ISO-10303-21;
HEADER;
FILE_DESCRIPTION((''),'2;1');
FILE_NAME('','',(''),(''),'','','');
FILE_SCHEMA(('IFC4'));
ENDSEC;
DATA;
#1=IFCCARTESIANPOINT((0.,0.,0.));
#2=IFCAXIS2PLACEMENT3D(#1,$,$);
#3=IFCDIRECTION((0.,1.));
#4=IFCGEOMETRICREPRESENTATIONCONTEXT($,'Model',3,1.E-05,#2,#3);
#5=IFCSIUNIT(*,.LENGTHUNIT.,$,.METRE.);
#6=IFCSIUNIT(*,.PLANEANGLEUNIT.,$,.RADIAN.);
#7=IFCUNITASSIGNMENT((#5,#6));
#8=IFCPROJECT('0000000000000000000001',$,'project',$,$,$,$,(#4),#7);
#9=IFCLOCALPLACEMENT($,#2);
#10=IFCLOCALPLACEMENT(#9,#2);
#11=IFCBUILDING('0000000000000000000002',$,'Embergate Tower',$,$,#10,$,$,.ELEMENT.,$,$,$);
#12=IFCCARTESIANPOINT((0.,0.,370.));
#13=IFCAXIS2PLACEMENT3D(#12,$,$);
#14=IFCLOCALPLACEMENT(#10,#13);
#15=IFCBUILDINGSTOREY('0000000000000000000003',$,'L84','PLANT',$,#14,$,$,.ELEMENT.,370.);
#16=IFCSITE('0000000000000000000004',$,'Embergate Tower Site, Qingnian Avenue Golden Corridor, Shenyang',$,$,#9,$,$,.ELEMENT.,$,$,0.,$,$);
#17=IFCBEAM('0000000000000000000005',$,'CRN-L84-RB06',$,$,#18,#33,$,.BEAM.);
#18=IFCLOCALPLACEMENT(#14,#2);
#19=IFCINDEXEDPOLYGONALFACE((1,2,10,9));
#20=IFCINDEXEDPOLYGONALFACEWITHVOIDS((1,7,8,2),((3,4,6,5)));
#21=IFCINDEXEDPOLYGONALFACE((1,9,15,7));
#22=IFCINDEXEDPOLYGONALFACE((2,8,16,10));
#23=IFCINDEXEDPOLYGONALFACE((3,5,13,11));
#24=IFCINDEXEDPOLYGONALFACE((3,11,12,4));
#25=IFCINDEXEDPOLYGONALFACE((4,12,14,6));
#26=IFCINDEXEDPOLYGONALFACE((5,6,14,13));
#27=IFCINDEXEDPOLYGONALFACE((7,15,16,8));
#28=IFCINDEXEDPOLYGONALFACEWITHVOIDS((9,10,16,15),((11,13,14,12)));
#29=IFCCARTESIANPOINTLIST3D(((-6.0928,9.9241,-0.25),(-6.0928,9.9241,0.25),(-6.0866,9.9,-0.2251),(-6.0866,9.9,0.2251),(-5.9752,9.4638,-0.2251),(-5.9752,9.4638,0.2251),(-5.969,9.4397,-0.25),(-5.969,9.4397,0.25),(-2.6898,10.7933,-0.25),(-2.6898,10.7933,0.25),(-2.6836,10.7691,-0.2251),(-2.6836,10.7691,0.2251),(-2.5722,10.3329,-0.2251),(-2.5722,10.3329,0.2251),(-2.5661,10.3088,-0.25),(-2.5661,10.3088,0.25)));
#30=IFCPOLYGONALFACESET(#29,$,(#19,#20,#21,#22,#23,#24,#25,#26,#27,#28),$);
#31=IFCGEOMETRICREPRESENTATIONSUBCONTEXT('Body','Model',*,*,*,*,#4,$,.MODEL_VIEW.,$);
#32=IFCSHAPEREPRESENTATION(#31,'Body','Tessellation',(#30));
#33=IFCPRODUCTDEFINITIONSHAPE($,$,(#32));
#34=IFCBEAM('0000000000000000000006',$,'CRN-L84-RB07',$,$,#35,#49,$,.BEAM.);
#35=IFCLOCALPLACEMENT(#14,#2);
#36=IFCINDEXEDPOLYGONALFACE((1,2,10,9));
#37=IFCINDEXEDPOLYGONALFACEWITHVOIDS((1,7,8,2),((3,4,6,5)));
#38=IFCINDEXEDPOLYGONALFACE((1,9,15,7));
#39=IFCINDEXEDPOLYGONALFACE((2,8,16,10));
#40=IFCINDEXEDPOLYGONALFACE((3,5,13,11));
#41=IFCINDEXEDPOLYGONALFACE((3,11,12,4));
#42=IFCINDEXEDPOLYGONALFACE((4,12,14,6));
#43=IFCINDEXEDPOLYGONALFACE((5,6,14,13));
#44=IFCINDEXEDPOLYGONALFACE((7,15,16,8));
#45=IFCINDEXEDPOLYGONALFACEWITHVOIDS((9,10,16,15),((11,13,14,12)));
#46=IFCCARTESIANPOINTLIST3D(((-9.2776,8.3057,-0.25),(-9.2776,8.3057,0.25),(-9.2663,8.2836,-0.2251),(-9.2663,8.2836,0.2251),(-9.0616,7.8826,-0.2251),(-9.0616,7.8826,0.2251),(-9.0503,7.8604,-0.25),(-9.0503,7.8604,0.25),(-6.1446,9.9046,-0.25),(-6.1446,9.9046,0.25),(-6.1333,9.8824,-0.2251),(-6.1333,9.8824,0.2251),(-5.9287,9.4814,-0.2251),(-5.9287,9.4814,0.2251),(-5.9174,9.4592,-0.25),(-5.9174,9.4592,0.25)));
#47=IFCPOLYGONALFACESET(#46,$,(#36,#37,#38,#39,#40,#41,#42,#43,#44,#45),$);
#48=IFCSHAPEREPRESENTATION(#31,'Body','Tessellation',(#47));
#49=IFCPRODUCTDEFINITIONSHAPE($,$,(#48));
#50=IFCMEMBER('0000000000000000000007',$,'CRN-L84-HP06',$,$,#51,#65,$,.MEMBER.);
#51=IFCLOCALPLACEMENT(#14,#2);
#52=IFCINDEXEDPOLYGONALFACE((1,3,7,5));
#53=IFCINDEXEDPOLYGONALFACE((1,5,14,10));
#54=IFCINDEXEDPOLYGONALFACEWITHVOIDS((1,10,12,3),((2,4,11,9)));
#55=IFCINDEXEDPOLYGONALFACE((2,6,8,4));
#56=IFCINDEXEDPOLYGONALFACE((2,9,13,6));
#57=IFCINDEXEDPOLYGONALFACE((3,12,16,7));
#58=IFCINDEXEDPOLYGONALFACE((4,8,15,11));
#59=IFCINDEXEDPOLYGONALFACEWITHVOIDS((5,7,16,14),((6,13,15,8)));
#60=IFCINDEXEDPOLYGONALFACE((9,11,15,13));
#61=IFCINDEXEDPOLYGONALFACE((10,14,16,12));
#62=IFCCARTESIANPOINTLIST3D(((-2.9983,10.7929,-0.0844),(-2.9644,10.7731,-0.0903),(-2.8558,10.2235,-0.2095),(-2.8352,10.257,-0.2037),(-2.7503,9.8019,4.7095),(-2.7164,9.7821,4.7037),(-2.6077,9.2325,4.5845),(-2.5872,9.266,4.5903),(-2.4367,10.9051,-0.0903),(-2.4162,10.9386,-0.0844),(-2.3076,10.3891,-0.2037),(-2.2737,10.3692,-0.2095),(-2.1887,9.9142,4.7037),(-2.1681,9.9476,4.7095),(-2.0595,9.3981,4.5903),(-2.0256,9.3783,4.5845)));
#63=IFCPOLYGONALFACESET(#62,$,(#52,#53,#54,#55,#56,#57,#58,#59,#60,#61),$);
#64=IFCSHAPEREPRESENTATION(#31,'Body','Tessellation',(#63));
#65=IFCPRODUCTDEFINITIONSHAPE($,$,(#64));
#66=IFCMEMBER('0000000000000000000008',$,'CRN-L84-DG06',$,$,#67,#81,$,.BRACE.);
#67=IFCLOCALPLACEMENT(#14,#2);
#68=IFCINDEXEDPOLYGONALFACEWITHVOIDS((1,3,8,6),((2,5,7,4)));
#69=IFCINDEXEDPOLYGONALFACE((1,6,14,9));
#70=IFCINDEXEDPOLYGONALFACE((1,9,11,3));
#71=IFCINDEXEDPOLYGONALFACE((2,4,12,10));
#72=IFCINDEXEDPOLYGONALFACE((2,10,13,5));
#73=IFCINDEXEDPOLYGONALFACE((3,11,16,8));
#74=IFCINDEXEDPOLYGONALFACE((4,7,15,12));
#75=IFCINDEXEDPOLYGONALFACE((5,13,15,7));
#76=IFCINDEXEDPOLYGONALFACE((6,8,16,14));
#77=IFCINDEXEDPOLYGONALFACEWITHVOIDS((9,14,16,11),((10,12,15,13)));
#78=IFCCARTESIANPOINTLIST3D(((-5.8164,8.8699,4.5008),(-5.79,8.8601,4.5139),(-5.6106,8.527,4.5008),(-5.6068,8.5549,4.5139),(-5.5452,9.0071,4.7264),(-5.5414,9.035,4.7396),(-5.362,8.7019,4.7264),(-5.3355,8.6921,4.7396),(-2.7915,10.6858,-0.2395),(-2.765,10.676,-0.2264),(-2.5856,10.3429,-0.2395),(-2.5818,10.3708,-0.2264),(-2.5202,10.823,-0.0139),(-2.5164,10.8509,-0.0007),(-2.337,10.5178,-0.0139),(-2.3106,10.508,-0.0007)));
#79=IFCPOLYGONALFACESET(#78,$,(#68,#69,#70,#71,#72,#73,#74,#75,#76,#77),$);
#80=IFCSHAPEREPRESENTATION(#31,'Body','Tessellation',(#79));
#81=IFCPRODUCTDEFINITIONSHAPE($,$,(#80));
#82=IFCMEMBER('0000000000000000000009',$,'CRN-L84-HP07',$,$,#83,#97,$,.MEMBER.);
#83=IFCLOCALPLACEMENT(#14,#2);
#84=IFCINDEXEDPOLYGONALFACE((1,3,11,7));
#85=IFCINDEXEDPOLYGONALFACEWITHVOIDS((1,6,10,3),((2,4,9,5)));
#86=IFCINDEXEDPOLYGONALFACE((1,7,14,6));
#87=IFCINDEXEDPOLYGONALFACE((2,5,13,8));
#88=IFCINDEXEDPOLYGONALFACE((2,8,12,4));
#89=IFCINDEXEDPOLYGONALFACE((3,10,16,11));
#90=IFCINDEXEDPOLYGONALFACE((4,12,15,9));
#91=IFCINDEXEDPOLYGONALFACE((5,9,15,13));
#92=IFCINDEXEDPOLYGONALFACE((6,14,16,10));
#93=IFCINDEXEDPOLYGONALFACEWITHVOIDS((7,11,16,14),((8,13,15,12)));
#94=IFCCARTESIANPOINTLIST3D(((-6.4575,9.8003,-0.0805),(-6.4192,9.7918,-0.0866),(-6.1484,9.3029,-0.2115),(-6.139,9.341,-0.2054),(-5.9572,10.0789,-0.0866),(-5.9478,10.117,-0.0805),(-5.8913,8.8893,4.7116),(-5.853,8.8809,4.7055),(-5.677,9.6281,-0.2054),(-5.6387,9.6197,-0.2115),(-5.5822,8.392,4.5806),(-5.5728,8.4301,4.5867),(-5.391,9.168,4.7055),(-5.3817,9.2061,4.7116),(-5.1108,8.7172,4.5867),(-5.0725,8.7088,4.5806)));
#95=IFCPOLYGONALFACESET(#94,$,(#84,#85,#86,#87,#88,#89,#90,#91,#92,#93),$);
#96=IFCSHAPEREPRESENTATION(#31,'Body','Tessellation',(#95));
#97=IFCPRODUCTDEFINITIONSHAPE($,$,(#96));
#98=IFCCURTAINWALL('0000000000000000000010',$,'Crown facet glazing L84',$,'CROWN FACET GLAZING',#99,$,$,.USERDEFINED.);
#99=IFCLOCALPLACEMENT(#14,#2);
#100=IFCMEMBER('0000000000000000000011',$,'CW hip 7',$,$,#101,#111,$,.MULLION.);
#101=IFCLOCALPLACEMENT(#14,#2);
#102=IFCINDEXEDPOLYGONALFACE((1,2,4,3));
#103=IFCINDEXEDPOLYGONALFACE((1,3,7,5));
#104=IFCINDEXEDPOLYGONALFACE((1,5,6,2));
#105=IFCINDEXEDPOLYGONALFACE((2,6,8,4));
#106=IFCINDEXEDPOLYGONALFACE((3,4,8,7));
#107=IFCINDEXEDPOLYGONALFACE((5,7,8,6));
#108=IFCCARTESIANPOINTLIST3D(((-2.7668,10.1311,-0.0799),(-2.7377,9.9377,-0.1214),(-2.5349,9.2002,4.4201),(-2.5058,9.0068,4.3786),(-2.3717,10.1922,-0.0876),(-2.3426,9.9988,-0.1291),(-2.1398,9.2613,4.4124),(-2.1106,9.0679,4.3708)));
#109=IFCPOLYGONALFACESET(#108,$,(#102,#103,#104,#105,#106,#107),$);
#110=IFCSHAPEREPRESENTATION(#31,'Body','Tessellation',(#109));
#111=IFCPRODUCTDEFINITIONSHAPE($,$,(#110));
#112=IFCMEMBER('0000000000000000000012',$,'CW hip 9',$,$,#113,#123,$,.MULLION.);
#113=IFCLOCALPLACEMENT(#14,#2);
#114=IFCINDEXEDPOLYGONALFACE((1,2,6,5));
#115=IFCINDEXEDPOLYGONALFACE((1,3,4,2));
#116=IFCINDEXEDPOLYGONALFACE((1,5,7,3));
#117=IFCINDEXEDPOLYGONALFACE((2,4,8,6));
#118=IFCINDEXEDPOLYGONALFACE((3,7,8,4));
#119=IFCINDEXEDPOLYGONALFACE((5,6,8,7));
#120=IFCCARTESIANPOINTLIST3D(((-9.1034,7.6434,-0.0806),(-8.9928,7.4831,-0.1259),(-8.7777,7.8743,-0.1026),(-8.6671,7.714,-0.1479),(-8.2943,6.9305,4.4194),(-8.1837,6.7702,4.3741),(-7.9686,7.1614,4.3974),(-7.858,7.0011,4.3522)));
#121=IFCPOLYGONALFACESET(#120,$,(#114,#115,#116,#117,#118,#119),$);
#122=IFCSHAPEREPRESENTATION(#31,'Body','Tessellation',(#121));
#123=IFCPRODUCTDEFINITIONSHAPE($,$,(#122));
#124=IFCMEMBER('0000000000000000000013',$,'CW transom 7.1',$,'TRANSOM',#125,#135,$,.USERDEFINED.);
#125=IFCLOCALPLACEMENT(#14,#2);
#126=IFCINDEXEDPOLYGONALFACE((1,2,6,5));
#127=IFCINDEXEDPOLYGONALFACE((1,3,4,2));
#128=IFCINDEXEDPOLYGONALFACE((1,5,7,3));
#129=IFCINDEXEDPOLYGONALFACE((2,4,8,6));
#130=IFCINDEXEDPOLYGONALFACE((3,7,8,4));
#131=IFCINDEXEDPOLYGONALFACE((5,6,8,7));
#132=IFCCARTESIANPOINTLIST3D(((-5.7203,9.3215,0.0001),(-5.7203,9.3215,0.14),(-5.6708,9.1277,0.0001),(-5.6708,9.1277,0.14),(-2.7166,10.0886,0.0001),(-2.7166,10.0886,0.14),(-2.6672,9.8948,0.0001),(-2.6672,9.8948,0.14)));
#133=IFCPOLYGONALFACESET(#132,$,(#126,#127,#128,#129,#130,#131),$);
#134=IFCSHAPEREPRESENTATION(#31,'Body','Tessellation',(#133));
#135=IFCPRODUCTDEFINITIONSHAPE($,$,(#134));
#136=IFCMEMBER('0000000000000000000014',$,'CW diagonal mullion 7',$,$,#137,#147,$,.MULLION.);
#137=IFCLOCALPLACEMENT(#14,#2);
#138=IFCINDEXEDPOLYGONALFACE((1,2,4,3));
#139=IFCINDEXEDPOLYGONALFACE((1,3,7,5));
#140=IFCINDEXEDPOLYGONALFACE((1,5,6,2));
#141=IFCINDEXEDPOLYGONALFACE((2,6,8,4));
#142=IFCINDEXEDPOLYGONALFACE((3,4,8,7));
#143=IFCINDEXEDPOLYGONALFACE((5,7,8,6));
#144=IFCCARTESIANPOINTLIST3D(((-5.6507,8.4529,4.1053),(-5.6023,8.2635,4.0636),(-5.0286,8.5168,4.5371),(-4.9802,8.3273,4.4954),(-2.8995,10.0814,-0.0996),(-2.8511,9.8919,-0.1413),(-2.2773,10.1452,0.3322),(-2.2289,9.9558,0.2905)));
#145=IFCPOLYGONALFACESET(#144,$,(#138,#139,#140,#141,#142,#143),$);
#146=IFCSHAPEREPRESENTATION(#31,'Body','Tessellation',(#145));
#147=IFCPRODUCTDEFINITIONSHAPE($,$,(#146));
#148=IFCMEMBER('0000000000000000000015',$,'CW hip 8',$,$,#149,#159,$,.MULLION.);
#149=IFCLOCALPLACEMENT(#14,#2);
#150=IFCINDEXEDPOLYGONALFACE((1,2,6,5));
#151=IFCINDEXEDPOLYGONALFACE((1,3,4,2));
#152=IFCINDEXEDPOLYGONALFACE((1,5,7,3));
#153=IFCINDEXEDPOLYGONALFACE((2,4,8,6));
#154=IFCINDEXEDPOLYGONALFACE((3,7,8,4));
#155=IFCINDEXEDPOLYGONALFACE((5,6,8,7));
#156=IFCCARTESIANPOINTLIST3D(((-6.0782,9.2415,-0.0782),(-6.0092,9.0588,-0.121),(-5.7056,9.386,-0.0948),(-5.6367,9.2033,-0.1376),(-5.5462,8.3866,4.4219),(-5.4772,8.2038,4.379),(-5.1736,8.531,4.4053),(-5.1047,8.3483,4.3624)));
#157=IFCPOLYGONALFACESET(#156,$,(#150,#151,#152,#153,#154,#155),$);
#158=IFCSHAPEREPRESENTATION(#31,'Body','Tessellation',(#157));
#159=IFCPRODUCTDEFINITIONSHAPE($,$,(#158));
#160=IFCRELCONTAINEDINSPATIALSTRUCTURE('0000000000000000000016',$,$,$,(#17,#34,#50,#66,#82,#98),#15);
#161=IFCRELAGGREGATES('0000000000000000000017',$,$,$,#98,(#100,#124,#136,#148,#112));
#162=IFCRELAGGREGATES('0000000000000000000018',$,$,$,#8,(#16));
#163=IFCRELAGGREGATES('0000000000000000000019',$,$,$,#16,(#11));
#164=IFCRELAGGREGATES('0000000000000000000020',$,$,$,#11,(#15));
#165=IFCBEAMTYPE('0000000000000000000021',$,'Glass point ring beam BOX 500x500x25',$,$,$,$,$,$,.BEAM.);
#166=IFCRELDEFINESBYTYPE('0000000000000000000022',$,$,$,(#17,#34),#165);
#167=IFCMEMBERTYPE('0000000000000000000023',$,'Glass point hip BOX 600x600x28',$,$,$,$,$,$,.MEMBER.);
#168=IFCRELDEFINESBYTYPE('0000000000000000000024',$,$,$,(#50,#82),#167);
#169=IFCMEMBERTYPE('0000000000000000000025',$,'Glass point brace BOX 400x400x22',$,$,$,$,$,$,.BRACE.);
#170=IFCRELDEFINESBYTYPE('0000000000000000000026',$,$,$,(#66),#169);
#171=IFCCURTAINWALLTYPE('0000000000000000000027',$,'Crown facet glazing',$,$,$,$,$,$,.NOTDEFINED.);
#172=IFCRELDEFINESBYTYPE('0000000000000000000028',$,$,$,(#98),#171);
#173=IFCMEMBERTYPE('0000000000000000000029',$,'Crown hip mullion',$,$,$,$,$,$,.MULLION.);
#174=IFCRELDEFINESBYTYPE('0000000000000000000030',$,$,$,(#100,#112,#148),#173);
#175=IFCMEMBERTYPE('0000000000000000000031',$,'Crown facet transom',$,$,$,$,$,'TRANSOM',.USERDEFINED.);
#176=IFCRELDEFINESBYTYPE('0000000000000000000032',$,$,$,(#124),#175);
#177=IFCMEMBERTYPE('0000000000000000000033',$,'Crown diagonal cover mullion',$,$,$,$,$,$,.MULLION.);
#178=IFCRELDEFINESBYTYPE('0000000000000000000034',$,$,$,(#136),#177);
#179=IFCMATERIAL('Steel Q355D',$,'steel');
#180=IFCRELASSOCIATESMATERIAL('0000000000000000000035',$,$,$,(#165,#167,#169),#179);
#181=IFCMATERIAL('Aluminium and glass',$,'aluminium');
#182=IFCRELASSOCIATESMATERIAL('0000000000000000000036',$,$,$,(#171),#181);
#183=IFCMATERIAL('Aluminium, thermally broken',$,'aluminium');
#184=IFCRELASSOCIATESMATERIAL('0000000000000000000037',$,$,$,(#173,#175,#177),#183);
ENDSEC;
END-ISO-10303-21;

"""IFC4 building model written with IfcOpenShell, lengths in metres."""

from ifc_helpers import new_model, si_unit, direction, frame, origin, origin_2d, place, context, subcontext, project, spatial, rectangle, hollow_rectangle, extrude, source, transform, mapped, material, material_profile, profile_set, type_object, element, aggregate, save


model = new_model("IFC4")

# Units and contexts
model_context = context("Model", 3, precision=1e-05, world=origin(), true_north=direction((0.0, 1.0)))
body_context = subcontext(model_context, "Body", "Model", "MODEL_VIEW")
ifc_project = project(units=[si_unit("LENGTHUNIT", "METRE"), si_unit("PLANEANGLEUNIT", "RADIAN")], contexts=[model_context])

# Site, building, storey
site_placement = place(None, origin())
site = spatial("IfcSite", under=ifc_project, at=site_placement, Name="Embergate Tower Site, Qingnian Avenue Golden Corridor, Shenyang", CompositionType="ELEMENT", RefElevation=0.0)
building_placement = place(site_placement, origin())
building = spatial("IfcBuilding", under=site, at=building_placement, Name="Embergate Tower", CompositionType="ELEMENT")
storey_placement = place(building_placement, frame((0.0, 0.0, 370.0)))
storey = spatial("IfcBuildingStorey", under=building, at=storey_placement, Name="L84", Description="PLANT", CompositionType="ELEMENT", Elevation=370.0)

# Beams
ifc_material_1 = material(Name="Steel Q355D", Category="steel")
ifc_material_profile_1 = material_profile(ifc_material_1, hollow_rectangle(XDim=0.5, YDim=0.5, WallThickness=0.0249, at=origin_2d()), Name="BOX 500x500x25")
ifc_profile_set_1 = profile_set([ifc_material_profile_1], Name="Steel Q355 grade D")
beam_type = type_object("IfcBeamType", Name="Glass point ring beam BOX 500x500x25", PredefinedType="BEAM", material=ifc_profile_set_1)
shared_shape_1 = source(origin(), body_context, "Body", "SweptSolid", [
    extrude(hollow_rectangle(XDim=0.5, YDim=0.5, WallThickness=0.0249, at=origin_2d()), origin(), (0.0, 0.0, 1.0), 3.5122),
])
beam_1_placement = place(storey_placement, frame((-2.6279, 10.551, 0.0), z_axis=(-0.968899, -0.247455, 0.0), x_axis=(0.247455, -0.968899, 0.0)))
element("IfcBeam", 1, at=beam_1_placement, inside=storey, type_object=beam_type, Name="CRN-L84-RB06", PredefinedType="BEAM", context=body_context, shape_type="MappedRepresentation", body=[
    mapped(shared_shape_1, transform((0.0, 0.0, 0.0))),
])
shared_shape_2 = source(origin(), body_context, "Body", "SweptSolid", [
    extrude(hollow_rectangle(XDim=0.5, YDim=0.5, WallThickness=0.0249, at=origin_2d()), origin(), (0.0, 0.0, 1.0), 3.5173),
])
beam_2_placement = place(storey_placement, frame((-6.031, 9.6819, 0.0), z_axis=(-0.890718, -0.454556, 0.0), x_axis=(0.454556, -0.890718, 0.0)))
element("IfcBeam", 2, at=beam_2_placement, inside=storey, type_object=beam_type, Name="CRN-L84-RB07", PredefinedType="BEAM", context=body_context, shape_type="MappedRepresentation", body=[
    mapped(shared_shape_2, transform((0.0, 0.0, 0.0))),
])

# Members
ifc_material_profile_2 = material_profile(ifc_material_1, hollow_rectangle(XDim=0.6001, YDim=0.6001, WallThickness=0.0281, at=origin_2d()), Name="BOX 600x600x28")
ifc_profile_set_2 = profile_set([ifc_material_profile_2], Name="Steel Q355 grade D")
member_type_1 = type_object("IfcMemberType", Name="Glass point hip BOX 600x600x28", PredefinedType="MEMBER", material=ifc_profile_set_2)
shared_shape_3 = source(origin(), body_context, "Body", "SweptSolid", [
    extrude(hollow_rectangle(XDim=0.6001, YDim=0.6001, WallThickness=0.0281, at=origin_2d()), origin(), (0.0, 0.0, 1.0), 4.9016),
])
member_1_placement = place(storey_placement, frame((-2.636, 10.5811, -0.147), z_axis=(0.050606, -0.202173, 0.978041), x_axis=(0.970072, 0.242817, 0.0)))
element("IfcMember", 3, at=member_1_placement, inside=storey, type_object=member_type_1, Name="CRN-L84-HP06", PredefinedType="MEMBER", context=body_context, shape_type="MappedRepresentation", body=[
    mapped(shared_shape_3, transform((0.0, 0.0, 0.0))),
])
ifc_material_profile_3 = material_profile(ifc_material_1, hollow_rectangle(XDim=0.3999, YDim=0.3999, WallThickness=0.022, at=origin_2d()), Name="BOX 400x400x22")
ifc_profile_set_3 = profile_set([ifc_material_profile_3], Name="Steel Q355 grade D")
member_type_2 = type_object("IfcMemberType", Name="Glass point brace BOX 400x400x22", PredefinedType="BRACE", material=ifc_profile_set_3)
shared_shape_4 = source(origin(), body_context, "Body", "SweptSolid", [
    extrude(hollow_rectangle(XDim=0.3999, YDim=0.3999, WallThickness=0.022, at=origin_2d()), origin(), (0.0, 0.0, 1.0), 5.9092),
])
member_2_placement = place(storey_placement, frame((-2.551, 10.5969, -0.1201), z_axis=(-0.511906, -0.307309, 0.802193), x_axis=(0.514699, -0.857371, 0.0)))
element("IfcMember", 4, at=member_2_placement, inside=storey, type_object=member_type_2, Name="CRN-L84-DG06", PredefinedType="BRACE", context=body_context, shape_type="MappedRepresentation", body=[
    mapped(shared_shape_4, transform((0.0, 0.0, 0.0))),
])
shared_shape_5 = source(origin(), body_context, "Body", "SweptSolid", [
    extrude(hollow_rectangle(XDim=0.6001, YDim=0.6001, WallThickness=0.0281, at=origin_2d()), origin(), (0.0, 0.0, 1.0), 4.9106),
])
member_3_placement = place(storey_placement, frame((-6.0481, 9.71, -0.146), z_axis=(0.115295, -0.185496, 0.975858), x_axis=(0.849313, 0.52789, 0.0)))
element("IfcMember", 5, at=member_3_placement, inside=storey, type_object=member_type_1, Name="CRN-L84-HP07", PredefinedType="MEMBER", context=body_context, shape_type="MappedRepresentation", body=[
    mapped(shared_shape_5, transform((0.0, 0.0, 0.0))),
])

# Curtain wall, members
ifc_material_2 = material(Name="Aluminium and glass", Category="aluminium")
curtain_wall_type = type_object("IfcCurtainWallType", Name="Crown facet glazing", PredefinedType="NOTDEFINED", material=ifc_material_2)
curtain_wall_placement = place(storey_placement, origin())
curtain_wall = element("IfcCurtainWall", 6, at=curtain_wall_placement, inside=storey, type_object=curtain_wall_type, Name="Crown facet glazing L84", ObjectType="CROWN FACET GLAZING", PredefinedType="USERDEFINED")
ifc_material_3 = material(Name="Aluminium, thermally broken", Category="aluminium")
ifc_material_profile_4 = material_profile(ifc_material_3, rectangle(XDim=0.2, YDim=0.3999, at=origin_2d()), Name="AL 400x200")
ifc_profile_set_4 = profile_set([ifc_material_profile_4], Name="Aluminium, thermally broken")
member_type_3 = type_object("IfcMemberType", Name="Crown hip mullion", PredefinedType="MULLION", material=ifc_profile_set_4)
shared_shape_6 = source(origin(), body_context, "Body", "SweptSolid", [
    extrude(rectangle(XDim=0.2, YDim=0.3999, at=origin_2d()), origin(), (0.0, 0.0, 1.0), 4.6011),
])
member_4_placement = place(storey_placement, frame((-2.5547, 10.0649, -0.1045), z_axis=(0.050408, -0.202322, 0.978021), x_axis=(-0.145631, 0.96731, 0.207612)))
member_4 = element("IfcMember", 7, at=member_4_placement, type_object=member_type_3, Name="CW hip 7", PredefinedType="MULLION", context=body_context, shape_type="MappedRepresentation", body=[
    mapped(shared_shape_6, transform((0.0, 0.0, 0.0))),
])
shared_shape_7 = source(origin(), body_context, "Body", "SweptSolid", [
    extrude(rectangle(XDim=0.2, YDim=0.3999, at=origin_2d()), origin(), (0.0, 0.0, 1.0), 4.6274),
])
member_5_placement = place(storey_placement, frame((-8.8853, 7.6787, -0.1143), z_axis=(0.174846, -0.154059, 0.972468), x_axis=(-0.553086, 0.801756, 0.226457)))
member_5 = element("IfcMember", 8, at=member_5_placement, type_object=member_type_3, Name="CW hip 9", PredefinedType="MULLION", context=body_context, shape_type="MappedRepresentation", body=[
    mapped(shared_shape_7, transform((0.0, 0.0, 0.0))),
])
ifc_material_profile_5 = material_profile(ifc_material_3, rectangle(XDim=0.2, YDim=0.1399, at=origin_2d()), Name="AL 140x200")
ifc_profile_set_5 = profile_set([ifc_material_profile_5], Name="Aluminium, thermally broken")
member_type_4 = type_object("IfcMemberType", Name="Crown facet transom", ElementType="TRANSOM", PredefinedType="USERDEFINED", material=ifc_profile_set_5)
shared_shape_8 = source(origin(), body_context, "Body", "SweptSolid", [
    extrude(rectangle(XDim=0.2, YDim=0.1399, at=origin_2d()), origin(), (0.0, 0.0, 1.0), 3.1001),
])
member_6_placement = place(storey_placement, frame((-2.6919, 9.9917, 0.0701), z_axis=(-0.968902, -0.247443, 0.0), x_axis=(0.247443, -0.968902, 0.0)))
member_6 = element("IfcMember", 9, at=member_6_placement, type_object=member_type_4, Name="CW transom 7.1", ObjectType="TRANSOM", PredefinedType="USERDEFINED", context=body_context, shape_type="MappedRepresentation", body=[
    mapped(shared_shape_8, transform((0.0, 0.0, 0.0))),
])
ifc_material_profile_6 = material_profile(ifc_material_3, rectangle(XDim=0.2, YDim=0.76, at=origin_2d()), Name="AL 760x200")
ifc_profile_set_6 = profile_set([ifc_material_profile_6], Name="Aluminium, thermally broken")
member_type_5 = type_object("IfcMemberType", Name="Crown diagonal cover mullion", PredefinedType="MULLION", material=ifc_profile_set_6)
shared_shape_9 = source(origin(), body_context, "Body", "SweptSolid", [
    extrude(rectangle(XDim=0.2, YDim=0.76, at=origin_2d()), origin(), (0.0, 0.0, 1.0), 5.2822),
])
member_7_placement = place(storey_placement, frame((-2.5642, 10.0186, 0.0955), z_axis=(-0.520848, -0.308284, 0.796039), x_axis=(-0.242048, 0.947576, 0.208598)))
member_7 = element("IfcMember", 10, at=member_7_placement, type_object=member_type_5, Name="CW diagonal mullion 7", PredefinedType="MULLION", context=body_context, shape_type="MappedRepresentation", body=[
    mapped(shared_shape_9, transform((0.0, 0.0, 0.0))),
])
shared_shape_10 = source(origin(), body_context, "Body", "SweptSolid", [
    extrude(rectangle(XDim=0.2, YDim=0.3999, at=origin_2d()), origin(), (0.0, 0.0, 1.0), 4.6113),
])
member_8_placement = place(storey_placement, frame((-5.8574, 9.2224, -0.1079), z_axis=(0.115365, -0.18541, 0.975866), x_axis=(-0.344856, 0.913843, 0.214395)))
member_8 = element("IfcMember", 11, at=member_8_placement, type_object=member_type_3, Name="CW hip 8", PredefinedType="MULLION", context=body_context, shape_type="MappedRepresentation", body=[
    mapped(shared_shape_10, transform((0.0, 0.0, 0.0))),
])
aggregate(curtain_wall, [member_4, member_6, member_7, member_8, member_5])

save(model, "model.ifc")
